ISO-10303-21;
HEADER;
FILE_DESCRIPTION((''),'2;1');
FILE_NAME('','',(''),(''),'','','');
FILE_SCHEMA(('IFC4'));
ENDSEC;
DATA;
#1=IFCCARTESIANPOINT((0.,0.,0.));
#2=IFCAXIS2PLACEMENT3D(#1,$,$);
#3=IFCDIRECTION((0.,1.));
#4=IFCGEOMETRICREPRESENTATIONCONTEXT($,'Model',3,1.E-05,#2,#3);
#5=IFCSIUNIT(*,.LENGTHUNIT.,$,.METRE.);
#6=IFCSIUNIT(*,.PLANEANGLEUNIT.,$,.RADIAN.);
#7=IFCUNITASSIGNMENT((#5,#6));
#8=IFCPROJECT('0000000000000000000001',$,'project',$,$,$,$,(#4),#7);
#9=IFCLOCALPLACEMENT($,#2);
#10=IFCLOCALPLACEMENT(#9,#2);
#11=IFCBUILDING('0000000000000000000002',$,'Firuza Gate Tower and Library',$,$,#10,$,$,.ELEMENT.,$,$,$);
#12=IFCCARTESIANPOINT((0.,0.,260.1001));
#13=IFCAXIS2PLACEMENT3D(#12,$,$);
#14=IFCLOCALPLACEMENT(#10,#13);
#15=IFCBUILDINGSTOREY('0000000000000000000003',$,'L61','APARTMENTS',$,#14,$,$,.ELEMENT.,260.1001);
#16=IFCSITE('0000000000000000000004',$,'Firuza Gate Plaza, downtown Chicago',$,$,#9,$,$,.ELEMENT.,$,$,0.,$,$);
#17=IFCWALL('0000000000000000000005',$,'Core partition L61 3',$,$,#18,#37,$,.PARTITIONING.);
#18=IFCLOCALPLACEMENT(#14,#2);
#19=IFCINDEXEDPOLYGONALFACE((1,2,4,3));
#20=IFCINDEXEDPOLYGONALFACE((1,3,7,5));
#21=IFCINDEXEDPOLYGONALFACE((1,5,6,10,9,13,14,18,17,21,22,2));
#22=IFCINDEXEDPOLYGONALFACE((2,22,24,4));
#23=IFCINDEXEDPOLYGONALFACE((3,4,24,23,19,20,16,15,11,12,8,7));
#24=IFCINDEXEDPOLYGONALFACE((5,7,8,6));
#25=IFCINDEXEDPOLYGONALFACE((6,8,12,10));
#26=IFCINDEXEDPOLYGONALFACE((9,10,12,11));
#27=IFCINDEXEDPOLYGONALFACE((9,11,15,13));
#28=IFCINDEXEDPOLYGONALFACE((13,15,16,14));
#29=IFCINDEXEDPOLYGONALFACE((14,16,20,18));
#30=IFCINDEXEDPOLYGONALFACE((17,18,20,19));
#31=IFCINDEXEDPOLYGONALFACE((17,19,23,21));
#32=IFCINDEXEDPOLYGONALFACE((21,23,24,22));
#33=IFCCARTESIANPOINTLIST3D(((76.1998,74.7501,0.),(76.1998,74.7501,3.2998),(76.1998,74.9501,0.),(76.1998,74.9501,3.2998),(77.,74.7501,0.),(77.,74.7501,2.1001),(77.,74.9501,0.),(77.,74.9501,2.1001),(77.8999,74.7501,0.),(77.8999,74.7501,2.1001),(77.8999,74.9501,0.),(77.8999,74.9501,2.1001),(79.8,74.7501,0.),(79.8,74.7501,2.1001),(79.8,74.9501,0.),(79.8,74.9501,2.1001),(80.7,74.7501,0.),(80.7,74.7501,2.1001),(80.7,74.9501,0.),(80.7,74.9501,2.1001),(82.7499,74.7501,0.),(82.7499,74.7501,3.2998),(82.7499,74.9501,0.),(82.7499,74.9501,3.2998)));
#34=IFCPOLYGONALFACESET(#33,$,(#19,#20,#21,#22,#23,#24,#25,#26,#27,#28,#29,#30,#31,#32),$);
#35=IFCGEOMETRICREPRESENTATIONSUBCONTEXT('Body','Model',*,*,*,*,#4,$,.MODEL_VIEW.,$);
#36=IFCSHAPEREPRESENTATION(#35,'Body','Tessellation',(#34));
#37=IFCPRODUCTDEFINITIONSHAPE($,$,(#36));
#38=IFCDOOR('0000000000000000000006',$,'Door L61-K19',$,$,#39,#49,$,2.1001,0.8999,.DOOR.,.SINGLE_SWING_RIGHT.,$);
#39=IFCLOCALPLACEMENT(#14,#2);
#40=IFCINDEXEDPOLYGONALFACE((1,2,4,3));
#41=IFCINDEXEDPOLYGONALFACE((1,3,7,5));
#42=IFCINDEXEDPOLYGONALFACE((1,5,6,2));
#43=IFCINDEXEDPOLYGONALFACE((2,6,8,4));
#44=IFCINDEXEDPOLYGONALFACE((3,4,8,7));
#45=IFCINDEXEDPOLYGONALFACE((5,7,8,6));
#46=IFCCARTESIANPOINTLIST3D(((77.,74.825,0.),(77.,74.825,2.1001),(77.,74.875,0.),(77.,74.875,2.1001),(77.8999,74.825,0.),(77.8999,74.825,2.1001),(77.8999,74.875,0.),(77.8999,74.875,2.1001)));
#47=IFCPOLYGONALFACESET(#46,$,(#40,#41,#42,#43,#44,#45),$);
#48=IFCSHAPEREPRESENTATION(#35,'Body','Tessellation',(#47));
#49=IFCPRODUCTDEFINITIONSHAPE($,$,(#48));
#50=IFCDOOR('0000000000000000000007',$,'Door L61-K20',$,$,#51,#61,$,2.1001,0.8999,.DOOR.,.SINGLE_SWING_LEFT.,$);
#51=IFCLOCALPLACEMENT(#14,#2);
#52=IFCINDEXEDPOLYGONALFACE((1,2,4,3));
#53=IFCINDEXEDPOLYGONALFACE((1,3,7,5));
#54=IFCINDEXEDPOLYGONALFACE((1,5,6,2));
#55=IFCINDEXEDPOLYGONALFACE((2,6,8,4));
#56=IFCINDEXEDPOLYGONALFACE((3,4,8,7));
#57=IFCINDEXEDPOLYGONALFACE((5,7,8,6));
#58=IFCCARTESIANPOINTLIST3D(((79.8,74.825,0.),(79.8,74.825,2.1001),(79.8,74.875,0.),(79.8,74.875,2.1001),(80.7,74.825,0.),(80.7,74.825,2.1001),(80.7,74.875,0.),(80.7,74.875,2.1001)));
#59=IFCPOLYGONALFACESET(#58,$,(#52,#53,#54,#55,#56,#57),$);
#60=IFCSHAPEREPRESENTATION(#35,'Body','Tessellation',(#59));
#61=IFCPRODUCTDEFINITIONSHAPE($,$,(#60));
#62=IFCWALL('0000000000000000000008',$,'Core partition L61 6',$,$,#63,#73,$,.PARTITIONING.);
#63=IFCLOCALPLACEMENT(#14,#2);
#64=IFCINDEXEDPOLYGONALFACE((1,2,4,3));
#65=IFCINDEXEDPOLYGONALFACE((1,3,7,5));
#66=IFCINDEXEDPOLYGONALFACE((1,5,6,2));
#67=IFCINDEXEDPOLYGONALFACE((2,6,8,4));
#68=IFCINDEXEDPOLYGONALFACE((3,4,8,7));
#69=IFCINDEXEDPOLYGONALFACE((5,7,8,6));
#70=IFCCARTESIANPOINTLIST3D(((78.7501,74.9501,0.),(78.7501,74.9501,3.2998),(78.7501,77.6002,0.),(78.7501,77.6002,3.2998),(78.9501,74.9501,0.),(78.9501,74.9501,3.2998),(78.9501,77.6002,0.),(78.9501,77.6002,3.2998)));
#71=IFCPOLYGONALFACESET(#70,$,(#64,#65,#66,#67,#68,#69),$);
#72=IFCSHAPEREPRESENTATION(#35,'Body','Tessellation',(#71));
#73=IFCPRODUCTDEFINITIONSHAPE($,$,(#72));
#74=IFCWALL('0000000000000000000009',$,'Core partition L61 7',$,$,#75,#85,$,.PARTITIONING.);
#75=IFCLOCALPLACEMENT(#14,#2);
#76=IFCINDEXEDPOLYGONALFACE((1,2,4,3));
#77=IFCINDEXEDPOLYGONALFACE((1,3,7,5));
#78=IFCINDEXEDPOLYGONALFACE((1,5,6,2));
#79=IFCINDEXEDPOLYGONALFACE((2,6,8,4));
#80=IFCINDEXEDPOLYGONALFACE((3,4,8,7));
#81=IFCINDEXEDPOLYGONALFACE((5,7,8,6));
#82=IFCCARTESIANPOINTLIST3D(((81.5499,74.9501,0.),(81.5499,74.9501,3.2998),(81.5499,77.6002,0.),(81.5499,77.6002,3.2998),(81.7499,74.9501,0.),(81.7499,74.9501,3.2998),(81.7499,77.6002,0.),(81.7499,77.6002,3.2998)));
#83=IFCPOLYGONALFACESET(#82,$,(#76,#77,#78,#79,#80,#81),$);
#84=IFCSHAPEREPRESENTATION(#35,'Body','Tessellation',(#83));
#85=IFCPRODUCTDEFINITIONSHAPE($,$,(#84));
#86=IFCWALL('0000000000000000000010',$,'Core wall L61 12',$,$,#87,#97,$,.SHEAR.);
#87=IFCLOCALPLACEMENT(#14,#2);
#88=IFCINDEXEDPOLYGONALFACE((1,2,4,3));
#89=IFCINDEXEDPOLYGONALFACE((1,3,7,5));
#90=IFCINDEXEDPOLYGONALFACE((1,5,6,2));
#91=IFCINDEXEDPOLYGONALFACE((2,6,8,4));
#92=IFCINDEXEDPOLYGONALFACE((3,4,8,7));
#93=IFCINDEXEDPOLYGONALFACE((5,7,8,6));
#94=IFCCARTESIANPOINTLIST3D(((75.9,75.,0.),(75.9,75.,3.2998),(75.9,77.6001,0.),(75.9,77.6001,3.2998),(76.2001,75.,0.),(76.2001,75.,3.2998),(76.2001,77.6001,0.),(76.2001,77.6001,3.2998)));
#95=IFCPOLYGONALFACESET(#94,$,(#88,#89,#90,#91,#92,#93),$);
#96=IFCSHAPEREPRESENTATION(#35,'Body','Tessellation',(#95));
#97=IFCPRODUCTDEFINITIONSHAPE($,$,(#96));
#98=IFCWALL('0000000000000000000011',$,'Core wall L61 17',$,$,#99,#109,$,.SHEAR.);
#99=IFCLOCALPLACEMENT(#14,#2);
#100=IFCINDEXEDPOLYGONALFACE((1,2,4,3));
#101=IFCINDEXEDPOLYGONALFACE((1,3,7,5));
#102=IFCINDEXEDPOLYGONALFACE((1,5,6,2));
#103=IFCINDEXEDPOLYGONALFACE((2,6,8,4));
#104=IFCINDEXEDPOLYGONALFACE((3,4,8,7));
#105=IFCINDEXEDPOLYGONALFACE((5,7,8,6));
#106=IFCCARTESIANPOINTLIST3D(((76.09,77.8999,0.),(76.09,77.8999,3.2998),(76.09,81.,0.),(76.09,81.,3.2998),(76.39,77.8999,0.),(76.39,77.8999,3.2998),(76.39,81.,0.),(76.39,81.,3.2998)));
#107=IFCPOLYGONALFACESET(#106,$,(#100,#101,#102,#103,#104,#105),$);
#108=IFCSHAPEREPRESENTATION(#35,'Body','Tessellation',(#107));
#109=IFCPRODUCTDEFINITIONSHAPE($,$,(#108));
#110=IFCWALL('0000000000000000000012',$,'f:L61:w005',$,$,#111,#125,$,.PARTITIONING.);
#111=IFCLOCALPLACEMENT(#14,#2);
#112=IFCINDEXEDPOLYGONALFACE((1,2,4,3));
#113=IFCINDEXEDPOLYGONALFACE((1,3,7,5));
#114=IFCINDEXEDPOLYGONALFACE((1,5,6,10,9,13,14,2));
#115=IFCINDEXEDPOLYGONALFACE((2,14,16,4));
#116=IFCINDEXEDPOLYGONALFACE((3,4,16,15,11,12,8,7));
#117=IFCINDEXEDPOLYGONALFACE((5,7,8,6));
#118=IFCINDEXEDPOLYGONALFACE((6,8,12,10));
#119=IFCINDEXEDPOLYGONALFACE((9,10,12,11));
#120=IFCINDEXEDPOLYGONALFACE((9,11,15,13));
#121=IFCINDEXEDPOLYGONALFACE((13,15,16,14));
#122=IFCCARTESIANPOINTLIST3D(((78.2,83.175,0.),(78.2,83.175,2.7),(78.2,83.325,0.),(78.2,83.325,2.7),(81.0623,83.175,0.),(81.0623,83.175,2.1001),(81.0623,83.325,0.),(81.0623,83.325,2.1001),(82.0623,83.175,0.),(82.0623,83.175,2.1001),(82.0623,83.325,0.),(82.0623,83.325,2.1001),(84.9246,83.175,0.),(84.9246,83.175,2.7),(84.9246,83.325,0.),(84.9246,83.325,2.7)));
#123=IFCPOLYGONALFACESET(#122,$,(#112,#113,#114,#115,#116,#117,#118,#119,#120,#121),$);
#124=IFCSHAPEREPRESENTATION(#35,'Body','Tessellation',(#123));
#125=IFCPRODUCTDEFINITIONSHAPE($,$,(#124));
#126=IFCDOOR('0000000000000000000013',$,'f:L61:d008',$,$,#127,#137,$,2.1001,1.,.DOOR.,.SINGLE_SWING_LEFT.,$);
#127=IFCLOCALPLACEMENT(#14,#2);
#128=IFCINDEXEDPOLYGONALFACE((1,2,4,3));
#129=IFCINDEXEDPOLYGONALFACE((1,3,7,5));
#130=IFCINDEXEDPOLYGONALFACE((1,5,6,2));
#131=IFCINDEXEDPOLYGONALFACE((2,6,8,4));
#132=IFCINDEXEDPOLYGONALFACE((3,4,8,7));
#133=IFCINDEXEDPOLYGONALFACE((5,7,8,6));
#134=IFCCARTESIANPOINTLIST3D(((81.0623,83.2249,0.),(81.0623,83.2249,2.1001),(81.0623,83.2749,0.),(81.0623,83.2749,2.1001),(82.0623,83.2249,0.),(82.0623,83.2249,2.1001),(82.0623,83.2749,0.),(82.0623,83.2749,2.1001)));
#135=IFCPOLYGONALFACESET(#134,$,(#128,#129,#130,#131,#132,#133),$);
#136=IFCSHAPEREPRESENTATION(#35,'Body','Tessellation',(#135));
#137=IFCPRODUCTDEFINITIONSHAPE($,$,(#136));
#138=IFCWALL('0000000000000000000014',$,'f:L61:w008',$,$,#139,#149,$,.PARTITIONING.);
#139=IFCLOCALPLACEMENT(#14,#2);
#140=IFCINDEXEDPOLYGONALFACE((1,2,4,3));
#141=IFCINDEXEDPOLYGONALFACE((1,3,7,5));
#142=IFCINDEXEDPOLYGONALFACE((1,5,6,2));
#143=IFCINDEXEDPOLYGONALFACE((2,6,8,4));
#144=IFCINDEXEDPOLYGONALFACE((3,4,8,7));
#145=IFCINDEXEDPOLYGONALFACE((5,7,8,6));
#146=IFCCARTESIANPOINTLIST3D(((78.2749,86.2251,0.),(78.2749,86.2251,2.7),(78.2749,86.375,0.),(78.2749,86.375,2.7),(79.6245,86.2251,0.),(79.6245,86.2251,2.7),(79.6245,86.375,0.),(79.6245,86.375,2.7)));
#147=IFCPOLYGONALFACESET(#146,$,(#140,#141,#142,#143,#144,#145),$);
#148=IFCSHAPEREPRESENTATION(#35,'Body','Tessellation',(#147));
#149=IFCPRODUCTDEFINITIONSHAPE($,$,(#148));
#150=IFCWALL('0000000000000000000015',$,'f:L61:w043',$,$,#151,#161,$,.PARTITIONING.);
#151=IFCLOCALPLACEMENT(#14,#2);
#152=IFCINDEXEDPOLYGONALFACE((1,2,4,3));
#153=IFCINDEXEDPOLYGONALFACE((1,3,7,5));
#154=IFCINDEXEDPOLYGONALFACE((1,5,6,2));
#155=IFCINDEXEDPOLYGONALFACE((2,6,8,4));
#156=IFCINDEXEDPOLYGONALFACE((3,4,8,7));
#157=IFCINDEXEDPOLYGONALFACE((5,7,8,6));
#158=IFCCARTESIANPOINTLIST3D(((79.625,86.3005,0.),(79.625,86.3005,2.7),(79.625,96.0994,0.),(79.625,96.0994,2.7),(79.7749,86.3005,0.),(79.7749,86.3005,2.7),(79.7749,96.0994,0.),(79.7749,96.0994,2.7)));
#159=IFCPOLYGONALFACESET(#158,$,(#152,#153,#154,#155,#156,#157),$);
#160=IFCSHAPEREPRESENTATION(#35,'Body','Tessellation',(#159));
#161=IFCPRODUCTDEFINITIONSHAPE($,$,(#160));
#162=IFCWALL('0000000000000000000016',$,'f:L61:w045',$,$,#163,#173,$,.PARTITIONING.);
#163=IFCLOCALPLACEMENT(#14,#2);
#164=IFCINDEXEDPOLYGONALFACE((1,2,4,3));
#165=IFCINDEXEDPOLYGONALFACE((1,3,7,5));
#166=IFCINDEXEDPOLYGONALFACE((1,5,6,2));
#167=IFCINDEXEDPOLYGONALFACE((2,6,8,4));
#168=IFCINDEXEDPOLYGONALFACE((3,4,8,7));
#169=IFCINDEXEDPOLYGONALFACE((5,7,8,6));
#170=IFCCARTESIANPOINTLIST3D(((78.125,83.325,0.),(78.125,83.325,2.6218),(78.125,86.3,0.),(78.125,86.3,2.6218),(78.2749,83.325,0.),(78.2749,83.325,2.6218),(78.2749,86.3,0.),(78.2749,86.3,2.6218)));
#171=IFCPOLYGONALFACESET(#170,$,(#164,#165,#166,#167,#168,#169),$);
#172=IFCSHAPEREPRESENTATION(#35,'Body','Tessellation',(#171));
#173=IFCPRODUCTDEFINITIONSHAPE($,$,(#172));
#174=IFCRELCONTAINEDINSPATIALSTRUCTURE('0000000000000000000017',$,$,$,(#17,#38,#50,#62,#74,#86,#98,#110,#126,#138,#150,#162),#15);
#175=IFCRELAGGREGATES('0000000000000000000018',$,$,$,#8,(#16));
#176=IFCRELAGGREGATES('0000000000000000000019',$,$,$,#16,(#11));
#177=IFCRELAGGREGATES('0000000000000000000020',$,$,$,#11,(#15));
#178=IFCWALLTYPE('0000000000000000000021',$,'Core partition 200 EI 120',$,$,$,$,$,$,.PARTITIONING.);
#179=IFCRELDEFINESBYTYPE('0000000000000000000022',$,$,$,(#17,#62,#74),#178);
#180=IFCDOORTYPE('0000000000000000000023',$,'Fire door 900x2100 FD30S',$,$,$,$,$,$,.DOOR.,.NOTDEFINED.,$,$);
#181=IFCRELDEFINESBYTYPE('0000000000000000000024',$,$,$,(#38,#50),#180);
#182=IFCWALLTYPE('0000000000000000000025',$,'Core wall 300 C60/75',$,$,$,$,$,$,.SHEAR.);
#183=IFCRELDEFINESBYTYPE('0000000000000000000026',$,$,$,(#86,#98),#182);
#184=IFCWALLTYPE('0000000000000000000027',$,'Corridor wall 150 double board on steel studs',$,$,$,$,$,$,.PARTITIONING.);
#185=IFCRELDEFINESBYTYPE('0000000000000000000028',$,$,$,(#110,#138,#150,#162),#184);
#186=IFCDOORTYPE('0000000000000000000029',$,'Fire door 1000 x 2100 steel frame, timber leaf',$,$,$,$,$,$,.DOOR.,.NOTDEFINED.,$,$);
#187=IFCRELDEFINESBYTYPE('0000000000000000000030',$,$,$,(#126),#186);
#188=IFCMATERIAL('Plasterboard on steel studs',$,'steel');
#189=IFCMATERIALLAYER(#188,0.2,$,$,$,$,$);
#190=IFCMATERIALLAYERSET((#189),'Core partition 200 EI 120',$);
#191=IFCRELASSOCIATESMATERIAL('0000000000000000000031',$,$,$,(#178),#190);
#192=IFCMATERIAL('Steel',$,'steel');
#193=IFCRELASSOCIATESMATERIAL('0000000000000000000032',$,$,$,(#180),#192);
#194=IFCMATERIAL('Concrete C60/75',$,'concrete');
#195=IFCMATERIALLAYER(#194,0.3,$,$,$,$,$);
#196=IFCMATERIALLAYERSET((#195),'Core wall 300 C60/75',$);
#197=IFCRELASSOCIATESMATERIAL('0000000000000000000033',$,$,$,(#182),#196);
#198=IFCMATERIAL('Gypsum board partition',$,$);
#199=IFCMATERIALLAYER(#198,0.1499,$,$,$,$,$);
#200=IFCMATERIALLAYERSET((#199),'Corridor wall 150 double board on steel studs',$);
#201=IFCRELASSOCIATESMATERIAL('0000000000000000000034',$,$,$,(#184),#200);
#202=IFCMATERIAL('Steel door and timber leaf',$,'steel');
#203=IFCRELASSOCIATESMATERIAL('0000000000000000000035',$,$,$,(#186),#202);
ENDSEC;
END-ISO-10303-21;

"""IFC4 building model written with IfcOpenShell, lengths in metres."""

from ifc_helpers import new_model, si_unit, direction, frame, frame_2d, origin, place, context, subcontext, project, spatial, rectangle, extrude, material, layer, layer_set, type_object, element, fill, save


model = new_model("IFC4")

# Units and contexts
model_context = context("Model", 3, precision=1e-05, world=origin(), true_north=direction((0.0, 1.0)))
body_context = subcontext(model_context, "Body", "Model", "MODEL_VIEW")
ifc_project = project(units=[si_unit("LENGTHUNIT", "METRE"), si_unit("PLANEANGLEUNIT", "RADIAN")], contexts=[model_context])

# Site, building, storey
site_placement = place(None, origin())
site = spatial("IfcSite", under=ifc_project, at=site_placement, Name="Firuza Gate Plaza, downtown Chicago", CompositionType="ELEMENT", RefElevation=0.0)
building_placement = place(site_placement, origin())
building = spatial("IfcBuilding", under=site, at=building_placement, Name="Firuza Gate Tower and Library", CompositionType="ELEMENT")
storey_placement = place(building_placement, frame((0.0, 0.0, 260.1001)))
storey = spatial("IfcBuildingStorey", under=building, at=storey_placement, Name="L61", Description="APARTMENTS", CompositionType="ELEMENT", Elevation=260.1001)

# Wall, openings, doors
ifc_material_1 = material(Name="Plasterboard on steel studs", Category="steel")
ifc_layer_1 = layer(ifc_material_1, 0.2)
ifc_layer_set_1 = layer_set([ifc_layer_1], Name="Core partition 200 EI 120")
wall_type_1 = type_object("IfcWallType", Name="Core partition 200 EI 120", PredefinedType="PARTITIONING", material=ifc_layer_set_1)
wall_1_placement = place(storey_placement, frame((76.2, 74.8501, 0.0), z_axis=(0.0, 0.0, 1.0), x_axis=(1.0, 0.0, 0.0)))
wall_1 = element("IfcWall", 1, at=wall_1_placement, inside=storey, type_object=wall_type_1, Name="Core partition L61 3", PredefinedType="PARTITIONING", context=body_context, shape_type="SweptSolid", body=[
    extrude(rectangle(XDim=6.55, YDim=0.2, at=frame_2d((3.2749, 0.0))), origin(), (0.0, 0.0, 1.0), 3.2998),
])
opening_1_placement = place(wall_1_placement, frame((0.8, 0.0, 0.0)))
opening_1 = element("IfcOpeningElement", 2, at=opening_1_placement, cuts=wall_1, PredefinedType="OPENING", context=body_context, shape_type="SweptSolid", body=[
    extrude(rectangle(XDim=0.8999, YDim=2.1001, at=frame_2d((0.45, 1.05))), frame((0.0, 0.1099, 0.0), z_axis=(0.0, -1.0, 0.0), x_axis=(1.0, 0.0, 0.0)), (0.0, 0.0, 1.0), 0.22),
])
opening_2_placement = place(wall_1_placement, frame((3.6001, 0.0, 0.0)))
opening_2 = element("IfcOpeningElement", 3, at=opening_2_placement, cuts=wall_1, PredefinedType="OPENING", context=body_context, shape_type="SweptSolid", body=[
    extrude(rectangle(XDim=0.8999, YDim=2.1001, at=frame_2d((0.45, 1.05))), frame((0.0, 0.1099, 0.0), z_axis=(0.0, -1.0, 0.0), x_axis=(1.0, 0.0, 0.0)), (0.0, 0.0, 1.0), 0.22),
])
ifc_material_2 = material(Name="Steel", Category="steel")
door_type_1 = type_object("IfcDoorType", Name="Fire door 900x2100 FD30S", OperationType="NOTDEFINED", PredefinedType="DOOR", material=ifc_material_2)
door_1_placement = place(opening_1_placement, origin())
door_1 = element("IfcDoor", 4, at=door_1_placement, inside=storey, type_object=door_type_1, Name="Door L61-K19", OperationType="SINGLE_SWING_RIGHT", OverallHeight=2.1001, OverallWidth=0.8999, PredefinedType="DOOR", context=body_context, shape_type="SweptSolid", body=[
    extrude(rectangle(XDim=0.8999, YDim=2.1001, at=frame_2d((0.45, 1.05))), frame((0.0, 0.0249, 0.0), z_axis=(0.0, -1.0, 0.0), x_axis=(1.0, 0.0, 0.0)), (0.0, 0.0, 1.0), 0.05),
])
fill(opening_1, door_1)
door_2_placement = place(opening_2_placement, origin())
door_2 = element("IfcDoor", 5, at=door_2_placement, inside=storey, type_object=door_type_1, Name="Door L61-K20", OperationType="SINGLE_SWING_LEFT", OverallHeight=2.1001, OverallWidth=0.8999, PredefinedType="DOOR", context=body_context, shape_type="SweptSolid", body=[
    extrude(rectangle(XDim=0.8999, YDim=2.1001, at=frame_2d((0.45, 1.05))), frame((0.0, 0.0249, 0.0), z_axis=(0.0, -1.0, 0.0), x_axis=(1.0, 0.0, 0.0)), (0.0, 0.0, 1.0), 0.05),
])
fill(opening_2, door_2)

# Walls
for number, where, z_axis, x_axis, name in (
    (6, (78.8501, 74.95, 0.0), (0.0, 0.0, 1.0), (0.0, 1.0, 0.0), "Core partition L61 6"),
    (7, (81.6499, 74.95, 0.0), (0.0, 0.0, 1.0), (0.0, 1.0, 0.0), "Core partition L61 7"),
):
    element("IfcWall", number, at=place(storey_placement, frame(where, z_axis=z_axis, x_axis=x_axis)), inside=storey, type_object=wall_type_1, Name=name, PredefinedType="PARTITIONING", context=body_context, shape_type="SweptSolid", body=[
        extrude(rectangle(XDim=2.6501, YDim=0.2, at=frame_2d((1.3252, 0.0))), origin(), (0.0, 0.0, 1.0), 3.2998),
    ])
ifc_material_3 = material(Name="Concrete C60/75", Category="concrete")
ifc_layer_2 = layer(ifc_material_3, 0.3)
ifc_layer_set_2 = layer_set([ifc_layer_2], Name="Core wall 300 C60/75")
wall_type_2 = type_object("IfcWallType", Name="Core wall 300 C60/75", PredefinedType="SHEAR", material=ifc_layer_set_2)
wall_2_placement = place(storey_placement, frame((76.05, 75.0, 0.0), z_axis=(0.0, 0.0, 1.0), x_axis=(0.0, 1.0, 0.0)))
element("IfcWall", 8, at=wall_2_placement, inside=storey, type_object=wall_type_2, Name="Core wall L61 12", PredefinedType="SHEAR", context=body_context, shape_type="SweptSolid", body=[
    extrude(rectangle(XDim=2.6001, YDim=0.3, at=frame_2d((1.3, 0.0))), origin(), (0.0, 0.0, 1.0), 3.2998),
])
wall_3_placement = place(storey_placement, frame((76.24, 77.8999, 0.0), z_axis=(0.0, 0.0, 1.0), x_axis=(0.0, 1.0, 0.0)))
element("IfcWall", 9, at=wall_3_placement, inside=storey, type_object=wall_type_2, Name="Core wall L61 17", PredefinedType="SHEAR", context=body_context, shape_type="SweptSolid", body=[
    extrude(rectangle(XDim=3.1001, YDim=0.3, at=frame_2d((1.55, 0.0))), origin(), (0.0, 0.0, 1.0), 3.2998),
])

# Wall, opening, door
ifc_material_4 = material(Name="Gypsum board partition")
ifc_layer_3 = layer(ifc_material_4, 0.1499)
ifc_layer_set_3 = layer_set([ifc_layer_3], Name="Corridor wall 150 double board on steel studs")
wall_type_3 = type_object("IfcWallType", Name="Corridor wall 150 double board on steel studs", PredefinedType="PARTITIONING", material=ifc_layer_set_3)
wall_4_placement = place(storey_placement, frame((78.2, 83.25, 0.0), z_axis=(0.0, 0.0, 1.0), x_axis=(1.0, 0.0, 0.0)))
wall_4 = element("IfcWall", 10, at=wall_4_placement, inside=storey, type_object=wall_type_3, Name="f:L61:w005", PredefinedType="PARTITIONING", context=body_context, shape_type="SweptSolid", body=[
    extrude(rectangle(XDim=6.7246, YDim=0.1499, at=frame_2d((3.3623, 0.0))), origin(), (0.0, 0.0, 1.0), 2.7),
])
opening_3_placement = place(wall_4_placement, frame((2.8623, 0.0, 0.0)))
opening_3 = element("IfcOpeningElement", 11, at=opening_3_placement, cuts=wall_4, PredefinedType="OPENING", context=body_context, shape_type="SweptSolid", body=[
    extrude(rectangle(XDim=1.0, YDim=2.1001, at=frame_2d((0.5, 1.05))), frame((0.0, 0.085, 0.0), z_axis=(0.0, -1.0, 0.0), x_axis=(1.0, 0.0, 0.0)), (0.0, 0.0, 1.0), 0.1699),
])
ifc_material_5 = material(Name="Steel door and timber leaf", Category="steel")
door_type_2 = type_object("IfcDoorType", Name="Fire door 1000 x 2100 steel frame, timber leaf", OperationType="NOTDEFINED", PredefinedType="DOOR", material=ifc_material_5)
door_3_placement = place(opening_3_placement, origin())
door_3 = element("IfcDoor", 12, at=door_3_placement, inside=storey, type_object=door_type_2, Name="f:L61:d008", OperationType="SINGLE_SWING_LEFT", OverallHeight=2.1001, OverallWidth=1.0, PredefinedType="DOOR", context=body_context, shape_type="SweptSolid", body=[
    extrude(rectangle(XDim=1.0, YDim=2.1001, at=frame_2d((0.5, 1.05))), frame((0.0, 0.0249, 0.0), z_axis=(0.0, -1.0, 0.0), x_axis=(1.0, 0.0, 0.0)), (0.0, 0.0, 1.0), 0.05),
])
fill(opening_3, door_3)

# Walls
wall_5_placement = place(storey_placement, frame((78.2749, 86.3, 0.0), z_axis=(0.0, 0.0, 1.0), x_axis=(1.0, 0.0, 0.0)))
element("IfcWall", 13, at=wall_5_placement, inside=storey, type_object=wall_type_3, Name="f:L61:w008", PredefinedType="PARTITIONING", context=body_context, shape_type="SweptSolid", body=[
    extrude(rectangle(XDim=1.3496, YDim=0.1499, at=frame_2d((0.6748, 0.0))), origin(), (0.0, 0.0, 1.0), 2.7),
])
wall_6_placement = place(storey_placement, frame((79.7, 86.3005, 0.0), z_axis=(0.0, 0.0, 1.0), x_axis=(0.0, 1.0, 0.0)))
element("IfcWall", 14, at=wall_6_placement, inside=storey, type_object=wall_type_3, Name="f:L61:w043", PredefinedType="PARTITIONING", context=body_context, shape_type="SweptSolid", body=[
    extrude(rectangle(XDim=9.7988, YDim=0.1499, at=frame_2d((4.8994, 0.0))), origin(), (0.0, 0.0, 1.0), 2.7),
])
wall_7_placement = place(storey_placement, frame((78.2, 83.325, 0.0), z_axis=(0.0, 0.0, 1.0), x_axis=(0.0, 1.0, 0.0)))
element("IfcWall", 15, at=wall_7_placement, inside=storey, type_object=wall_type_3, Name="f:L61:w045", PredefinedType="PARTITIONING", context=body_context, shape_type="SweptSolid", body=[
    extrude(rectangle(XDim=2.9751, YDim=0.1499, at=frame_2d((1.4875, 0.0))), origin(), (0.0, 0.0, 1.0), 2.6218),
])

save(model, "model.ifc")
